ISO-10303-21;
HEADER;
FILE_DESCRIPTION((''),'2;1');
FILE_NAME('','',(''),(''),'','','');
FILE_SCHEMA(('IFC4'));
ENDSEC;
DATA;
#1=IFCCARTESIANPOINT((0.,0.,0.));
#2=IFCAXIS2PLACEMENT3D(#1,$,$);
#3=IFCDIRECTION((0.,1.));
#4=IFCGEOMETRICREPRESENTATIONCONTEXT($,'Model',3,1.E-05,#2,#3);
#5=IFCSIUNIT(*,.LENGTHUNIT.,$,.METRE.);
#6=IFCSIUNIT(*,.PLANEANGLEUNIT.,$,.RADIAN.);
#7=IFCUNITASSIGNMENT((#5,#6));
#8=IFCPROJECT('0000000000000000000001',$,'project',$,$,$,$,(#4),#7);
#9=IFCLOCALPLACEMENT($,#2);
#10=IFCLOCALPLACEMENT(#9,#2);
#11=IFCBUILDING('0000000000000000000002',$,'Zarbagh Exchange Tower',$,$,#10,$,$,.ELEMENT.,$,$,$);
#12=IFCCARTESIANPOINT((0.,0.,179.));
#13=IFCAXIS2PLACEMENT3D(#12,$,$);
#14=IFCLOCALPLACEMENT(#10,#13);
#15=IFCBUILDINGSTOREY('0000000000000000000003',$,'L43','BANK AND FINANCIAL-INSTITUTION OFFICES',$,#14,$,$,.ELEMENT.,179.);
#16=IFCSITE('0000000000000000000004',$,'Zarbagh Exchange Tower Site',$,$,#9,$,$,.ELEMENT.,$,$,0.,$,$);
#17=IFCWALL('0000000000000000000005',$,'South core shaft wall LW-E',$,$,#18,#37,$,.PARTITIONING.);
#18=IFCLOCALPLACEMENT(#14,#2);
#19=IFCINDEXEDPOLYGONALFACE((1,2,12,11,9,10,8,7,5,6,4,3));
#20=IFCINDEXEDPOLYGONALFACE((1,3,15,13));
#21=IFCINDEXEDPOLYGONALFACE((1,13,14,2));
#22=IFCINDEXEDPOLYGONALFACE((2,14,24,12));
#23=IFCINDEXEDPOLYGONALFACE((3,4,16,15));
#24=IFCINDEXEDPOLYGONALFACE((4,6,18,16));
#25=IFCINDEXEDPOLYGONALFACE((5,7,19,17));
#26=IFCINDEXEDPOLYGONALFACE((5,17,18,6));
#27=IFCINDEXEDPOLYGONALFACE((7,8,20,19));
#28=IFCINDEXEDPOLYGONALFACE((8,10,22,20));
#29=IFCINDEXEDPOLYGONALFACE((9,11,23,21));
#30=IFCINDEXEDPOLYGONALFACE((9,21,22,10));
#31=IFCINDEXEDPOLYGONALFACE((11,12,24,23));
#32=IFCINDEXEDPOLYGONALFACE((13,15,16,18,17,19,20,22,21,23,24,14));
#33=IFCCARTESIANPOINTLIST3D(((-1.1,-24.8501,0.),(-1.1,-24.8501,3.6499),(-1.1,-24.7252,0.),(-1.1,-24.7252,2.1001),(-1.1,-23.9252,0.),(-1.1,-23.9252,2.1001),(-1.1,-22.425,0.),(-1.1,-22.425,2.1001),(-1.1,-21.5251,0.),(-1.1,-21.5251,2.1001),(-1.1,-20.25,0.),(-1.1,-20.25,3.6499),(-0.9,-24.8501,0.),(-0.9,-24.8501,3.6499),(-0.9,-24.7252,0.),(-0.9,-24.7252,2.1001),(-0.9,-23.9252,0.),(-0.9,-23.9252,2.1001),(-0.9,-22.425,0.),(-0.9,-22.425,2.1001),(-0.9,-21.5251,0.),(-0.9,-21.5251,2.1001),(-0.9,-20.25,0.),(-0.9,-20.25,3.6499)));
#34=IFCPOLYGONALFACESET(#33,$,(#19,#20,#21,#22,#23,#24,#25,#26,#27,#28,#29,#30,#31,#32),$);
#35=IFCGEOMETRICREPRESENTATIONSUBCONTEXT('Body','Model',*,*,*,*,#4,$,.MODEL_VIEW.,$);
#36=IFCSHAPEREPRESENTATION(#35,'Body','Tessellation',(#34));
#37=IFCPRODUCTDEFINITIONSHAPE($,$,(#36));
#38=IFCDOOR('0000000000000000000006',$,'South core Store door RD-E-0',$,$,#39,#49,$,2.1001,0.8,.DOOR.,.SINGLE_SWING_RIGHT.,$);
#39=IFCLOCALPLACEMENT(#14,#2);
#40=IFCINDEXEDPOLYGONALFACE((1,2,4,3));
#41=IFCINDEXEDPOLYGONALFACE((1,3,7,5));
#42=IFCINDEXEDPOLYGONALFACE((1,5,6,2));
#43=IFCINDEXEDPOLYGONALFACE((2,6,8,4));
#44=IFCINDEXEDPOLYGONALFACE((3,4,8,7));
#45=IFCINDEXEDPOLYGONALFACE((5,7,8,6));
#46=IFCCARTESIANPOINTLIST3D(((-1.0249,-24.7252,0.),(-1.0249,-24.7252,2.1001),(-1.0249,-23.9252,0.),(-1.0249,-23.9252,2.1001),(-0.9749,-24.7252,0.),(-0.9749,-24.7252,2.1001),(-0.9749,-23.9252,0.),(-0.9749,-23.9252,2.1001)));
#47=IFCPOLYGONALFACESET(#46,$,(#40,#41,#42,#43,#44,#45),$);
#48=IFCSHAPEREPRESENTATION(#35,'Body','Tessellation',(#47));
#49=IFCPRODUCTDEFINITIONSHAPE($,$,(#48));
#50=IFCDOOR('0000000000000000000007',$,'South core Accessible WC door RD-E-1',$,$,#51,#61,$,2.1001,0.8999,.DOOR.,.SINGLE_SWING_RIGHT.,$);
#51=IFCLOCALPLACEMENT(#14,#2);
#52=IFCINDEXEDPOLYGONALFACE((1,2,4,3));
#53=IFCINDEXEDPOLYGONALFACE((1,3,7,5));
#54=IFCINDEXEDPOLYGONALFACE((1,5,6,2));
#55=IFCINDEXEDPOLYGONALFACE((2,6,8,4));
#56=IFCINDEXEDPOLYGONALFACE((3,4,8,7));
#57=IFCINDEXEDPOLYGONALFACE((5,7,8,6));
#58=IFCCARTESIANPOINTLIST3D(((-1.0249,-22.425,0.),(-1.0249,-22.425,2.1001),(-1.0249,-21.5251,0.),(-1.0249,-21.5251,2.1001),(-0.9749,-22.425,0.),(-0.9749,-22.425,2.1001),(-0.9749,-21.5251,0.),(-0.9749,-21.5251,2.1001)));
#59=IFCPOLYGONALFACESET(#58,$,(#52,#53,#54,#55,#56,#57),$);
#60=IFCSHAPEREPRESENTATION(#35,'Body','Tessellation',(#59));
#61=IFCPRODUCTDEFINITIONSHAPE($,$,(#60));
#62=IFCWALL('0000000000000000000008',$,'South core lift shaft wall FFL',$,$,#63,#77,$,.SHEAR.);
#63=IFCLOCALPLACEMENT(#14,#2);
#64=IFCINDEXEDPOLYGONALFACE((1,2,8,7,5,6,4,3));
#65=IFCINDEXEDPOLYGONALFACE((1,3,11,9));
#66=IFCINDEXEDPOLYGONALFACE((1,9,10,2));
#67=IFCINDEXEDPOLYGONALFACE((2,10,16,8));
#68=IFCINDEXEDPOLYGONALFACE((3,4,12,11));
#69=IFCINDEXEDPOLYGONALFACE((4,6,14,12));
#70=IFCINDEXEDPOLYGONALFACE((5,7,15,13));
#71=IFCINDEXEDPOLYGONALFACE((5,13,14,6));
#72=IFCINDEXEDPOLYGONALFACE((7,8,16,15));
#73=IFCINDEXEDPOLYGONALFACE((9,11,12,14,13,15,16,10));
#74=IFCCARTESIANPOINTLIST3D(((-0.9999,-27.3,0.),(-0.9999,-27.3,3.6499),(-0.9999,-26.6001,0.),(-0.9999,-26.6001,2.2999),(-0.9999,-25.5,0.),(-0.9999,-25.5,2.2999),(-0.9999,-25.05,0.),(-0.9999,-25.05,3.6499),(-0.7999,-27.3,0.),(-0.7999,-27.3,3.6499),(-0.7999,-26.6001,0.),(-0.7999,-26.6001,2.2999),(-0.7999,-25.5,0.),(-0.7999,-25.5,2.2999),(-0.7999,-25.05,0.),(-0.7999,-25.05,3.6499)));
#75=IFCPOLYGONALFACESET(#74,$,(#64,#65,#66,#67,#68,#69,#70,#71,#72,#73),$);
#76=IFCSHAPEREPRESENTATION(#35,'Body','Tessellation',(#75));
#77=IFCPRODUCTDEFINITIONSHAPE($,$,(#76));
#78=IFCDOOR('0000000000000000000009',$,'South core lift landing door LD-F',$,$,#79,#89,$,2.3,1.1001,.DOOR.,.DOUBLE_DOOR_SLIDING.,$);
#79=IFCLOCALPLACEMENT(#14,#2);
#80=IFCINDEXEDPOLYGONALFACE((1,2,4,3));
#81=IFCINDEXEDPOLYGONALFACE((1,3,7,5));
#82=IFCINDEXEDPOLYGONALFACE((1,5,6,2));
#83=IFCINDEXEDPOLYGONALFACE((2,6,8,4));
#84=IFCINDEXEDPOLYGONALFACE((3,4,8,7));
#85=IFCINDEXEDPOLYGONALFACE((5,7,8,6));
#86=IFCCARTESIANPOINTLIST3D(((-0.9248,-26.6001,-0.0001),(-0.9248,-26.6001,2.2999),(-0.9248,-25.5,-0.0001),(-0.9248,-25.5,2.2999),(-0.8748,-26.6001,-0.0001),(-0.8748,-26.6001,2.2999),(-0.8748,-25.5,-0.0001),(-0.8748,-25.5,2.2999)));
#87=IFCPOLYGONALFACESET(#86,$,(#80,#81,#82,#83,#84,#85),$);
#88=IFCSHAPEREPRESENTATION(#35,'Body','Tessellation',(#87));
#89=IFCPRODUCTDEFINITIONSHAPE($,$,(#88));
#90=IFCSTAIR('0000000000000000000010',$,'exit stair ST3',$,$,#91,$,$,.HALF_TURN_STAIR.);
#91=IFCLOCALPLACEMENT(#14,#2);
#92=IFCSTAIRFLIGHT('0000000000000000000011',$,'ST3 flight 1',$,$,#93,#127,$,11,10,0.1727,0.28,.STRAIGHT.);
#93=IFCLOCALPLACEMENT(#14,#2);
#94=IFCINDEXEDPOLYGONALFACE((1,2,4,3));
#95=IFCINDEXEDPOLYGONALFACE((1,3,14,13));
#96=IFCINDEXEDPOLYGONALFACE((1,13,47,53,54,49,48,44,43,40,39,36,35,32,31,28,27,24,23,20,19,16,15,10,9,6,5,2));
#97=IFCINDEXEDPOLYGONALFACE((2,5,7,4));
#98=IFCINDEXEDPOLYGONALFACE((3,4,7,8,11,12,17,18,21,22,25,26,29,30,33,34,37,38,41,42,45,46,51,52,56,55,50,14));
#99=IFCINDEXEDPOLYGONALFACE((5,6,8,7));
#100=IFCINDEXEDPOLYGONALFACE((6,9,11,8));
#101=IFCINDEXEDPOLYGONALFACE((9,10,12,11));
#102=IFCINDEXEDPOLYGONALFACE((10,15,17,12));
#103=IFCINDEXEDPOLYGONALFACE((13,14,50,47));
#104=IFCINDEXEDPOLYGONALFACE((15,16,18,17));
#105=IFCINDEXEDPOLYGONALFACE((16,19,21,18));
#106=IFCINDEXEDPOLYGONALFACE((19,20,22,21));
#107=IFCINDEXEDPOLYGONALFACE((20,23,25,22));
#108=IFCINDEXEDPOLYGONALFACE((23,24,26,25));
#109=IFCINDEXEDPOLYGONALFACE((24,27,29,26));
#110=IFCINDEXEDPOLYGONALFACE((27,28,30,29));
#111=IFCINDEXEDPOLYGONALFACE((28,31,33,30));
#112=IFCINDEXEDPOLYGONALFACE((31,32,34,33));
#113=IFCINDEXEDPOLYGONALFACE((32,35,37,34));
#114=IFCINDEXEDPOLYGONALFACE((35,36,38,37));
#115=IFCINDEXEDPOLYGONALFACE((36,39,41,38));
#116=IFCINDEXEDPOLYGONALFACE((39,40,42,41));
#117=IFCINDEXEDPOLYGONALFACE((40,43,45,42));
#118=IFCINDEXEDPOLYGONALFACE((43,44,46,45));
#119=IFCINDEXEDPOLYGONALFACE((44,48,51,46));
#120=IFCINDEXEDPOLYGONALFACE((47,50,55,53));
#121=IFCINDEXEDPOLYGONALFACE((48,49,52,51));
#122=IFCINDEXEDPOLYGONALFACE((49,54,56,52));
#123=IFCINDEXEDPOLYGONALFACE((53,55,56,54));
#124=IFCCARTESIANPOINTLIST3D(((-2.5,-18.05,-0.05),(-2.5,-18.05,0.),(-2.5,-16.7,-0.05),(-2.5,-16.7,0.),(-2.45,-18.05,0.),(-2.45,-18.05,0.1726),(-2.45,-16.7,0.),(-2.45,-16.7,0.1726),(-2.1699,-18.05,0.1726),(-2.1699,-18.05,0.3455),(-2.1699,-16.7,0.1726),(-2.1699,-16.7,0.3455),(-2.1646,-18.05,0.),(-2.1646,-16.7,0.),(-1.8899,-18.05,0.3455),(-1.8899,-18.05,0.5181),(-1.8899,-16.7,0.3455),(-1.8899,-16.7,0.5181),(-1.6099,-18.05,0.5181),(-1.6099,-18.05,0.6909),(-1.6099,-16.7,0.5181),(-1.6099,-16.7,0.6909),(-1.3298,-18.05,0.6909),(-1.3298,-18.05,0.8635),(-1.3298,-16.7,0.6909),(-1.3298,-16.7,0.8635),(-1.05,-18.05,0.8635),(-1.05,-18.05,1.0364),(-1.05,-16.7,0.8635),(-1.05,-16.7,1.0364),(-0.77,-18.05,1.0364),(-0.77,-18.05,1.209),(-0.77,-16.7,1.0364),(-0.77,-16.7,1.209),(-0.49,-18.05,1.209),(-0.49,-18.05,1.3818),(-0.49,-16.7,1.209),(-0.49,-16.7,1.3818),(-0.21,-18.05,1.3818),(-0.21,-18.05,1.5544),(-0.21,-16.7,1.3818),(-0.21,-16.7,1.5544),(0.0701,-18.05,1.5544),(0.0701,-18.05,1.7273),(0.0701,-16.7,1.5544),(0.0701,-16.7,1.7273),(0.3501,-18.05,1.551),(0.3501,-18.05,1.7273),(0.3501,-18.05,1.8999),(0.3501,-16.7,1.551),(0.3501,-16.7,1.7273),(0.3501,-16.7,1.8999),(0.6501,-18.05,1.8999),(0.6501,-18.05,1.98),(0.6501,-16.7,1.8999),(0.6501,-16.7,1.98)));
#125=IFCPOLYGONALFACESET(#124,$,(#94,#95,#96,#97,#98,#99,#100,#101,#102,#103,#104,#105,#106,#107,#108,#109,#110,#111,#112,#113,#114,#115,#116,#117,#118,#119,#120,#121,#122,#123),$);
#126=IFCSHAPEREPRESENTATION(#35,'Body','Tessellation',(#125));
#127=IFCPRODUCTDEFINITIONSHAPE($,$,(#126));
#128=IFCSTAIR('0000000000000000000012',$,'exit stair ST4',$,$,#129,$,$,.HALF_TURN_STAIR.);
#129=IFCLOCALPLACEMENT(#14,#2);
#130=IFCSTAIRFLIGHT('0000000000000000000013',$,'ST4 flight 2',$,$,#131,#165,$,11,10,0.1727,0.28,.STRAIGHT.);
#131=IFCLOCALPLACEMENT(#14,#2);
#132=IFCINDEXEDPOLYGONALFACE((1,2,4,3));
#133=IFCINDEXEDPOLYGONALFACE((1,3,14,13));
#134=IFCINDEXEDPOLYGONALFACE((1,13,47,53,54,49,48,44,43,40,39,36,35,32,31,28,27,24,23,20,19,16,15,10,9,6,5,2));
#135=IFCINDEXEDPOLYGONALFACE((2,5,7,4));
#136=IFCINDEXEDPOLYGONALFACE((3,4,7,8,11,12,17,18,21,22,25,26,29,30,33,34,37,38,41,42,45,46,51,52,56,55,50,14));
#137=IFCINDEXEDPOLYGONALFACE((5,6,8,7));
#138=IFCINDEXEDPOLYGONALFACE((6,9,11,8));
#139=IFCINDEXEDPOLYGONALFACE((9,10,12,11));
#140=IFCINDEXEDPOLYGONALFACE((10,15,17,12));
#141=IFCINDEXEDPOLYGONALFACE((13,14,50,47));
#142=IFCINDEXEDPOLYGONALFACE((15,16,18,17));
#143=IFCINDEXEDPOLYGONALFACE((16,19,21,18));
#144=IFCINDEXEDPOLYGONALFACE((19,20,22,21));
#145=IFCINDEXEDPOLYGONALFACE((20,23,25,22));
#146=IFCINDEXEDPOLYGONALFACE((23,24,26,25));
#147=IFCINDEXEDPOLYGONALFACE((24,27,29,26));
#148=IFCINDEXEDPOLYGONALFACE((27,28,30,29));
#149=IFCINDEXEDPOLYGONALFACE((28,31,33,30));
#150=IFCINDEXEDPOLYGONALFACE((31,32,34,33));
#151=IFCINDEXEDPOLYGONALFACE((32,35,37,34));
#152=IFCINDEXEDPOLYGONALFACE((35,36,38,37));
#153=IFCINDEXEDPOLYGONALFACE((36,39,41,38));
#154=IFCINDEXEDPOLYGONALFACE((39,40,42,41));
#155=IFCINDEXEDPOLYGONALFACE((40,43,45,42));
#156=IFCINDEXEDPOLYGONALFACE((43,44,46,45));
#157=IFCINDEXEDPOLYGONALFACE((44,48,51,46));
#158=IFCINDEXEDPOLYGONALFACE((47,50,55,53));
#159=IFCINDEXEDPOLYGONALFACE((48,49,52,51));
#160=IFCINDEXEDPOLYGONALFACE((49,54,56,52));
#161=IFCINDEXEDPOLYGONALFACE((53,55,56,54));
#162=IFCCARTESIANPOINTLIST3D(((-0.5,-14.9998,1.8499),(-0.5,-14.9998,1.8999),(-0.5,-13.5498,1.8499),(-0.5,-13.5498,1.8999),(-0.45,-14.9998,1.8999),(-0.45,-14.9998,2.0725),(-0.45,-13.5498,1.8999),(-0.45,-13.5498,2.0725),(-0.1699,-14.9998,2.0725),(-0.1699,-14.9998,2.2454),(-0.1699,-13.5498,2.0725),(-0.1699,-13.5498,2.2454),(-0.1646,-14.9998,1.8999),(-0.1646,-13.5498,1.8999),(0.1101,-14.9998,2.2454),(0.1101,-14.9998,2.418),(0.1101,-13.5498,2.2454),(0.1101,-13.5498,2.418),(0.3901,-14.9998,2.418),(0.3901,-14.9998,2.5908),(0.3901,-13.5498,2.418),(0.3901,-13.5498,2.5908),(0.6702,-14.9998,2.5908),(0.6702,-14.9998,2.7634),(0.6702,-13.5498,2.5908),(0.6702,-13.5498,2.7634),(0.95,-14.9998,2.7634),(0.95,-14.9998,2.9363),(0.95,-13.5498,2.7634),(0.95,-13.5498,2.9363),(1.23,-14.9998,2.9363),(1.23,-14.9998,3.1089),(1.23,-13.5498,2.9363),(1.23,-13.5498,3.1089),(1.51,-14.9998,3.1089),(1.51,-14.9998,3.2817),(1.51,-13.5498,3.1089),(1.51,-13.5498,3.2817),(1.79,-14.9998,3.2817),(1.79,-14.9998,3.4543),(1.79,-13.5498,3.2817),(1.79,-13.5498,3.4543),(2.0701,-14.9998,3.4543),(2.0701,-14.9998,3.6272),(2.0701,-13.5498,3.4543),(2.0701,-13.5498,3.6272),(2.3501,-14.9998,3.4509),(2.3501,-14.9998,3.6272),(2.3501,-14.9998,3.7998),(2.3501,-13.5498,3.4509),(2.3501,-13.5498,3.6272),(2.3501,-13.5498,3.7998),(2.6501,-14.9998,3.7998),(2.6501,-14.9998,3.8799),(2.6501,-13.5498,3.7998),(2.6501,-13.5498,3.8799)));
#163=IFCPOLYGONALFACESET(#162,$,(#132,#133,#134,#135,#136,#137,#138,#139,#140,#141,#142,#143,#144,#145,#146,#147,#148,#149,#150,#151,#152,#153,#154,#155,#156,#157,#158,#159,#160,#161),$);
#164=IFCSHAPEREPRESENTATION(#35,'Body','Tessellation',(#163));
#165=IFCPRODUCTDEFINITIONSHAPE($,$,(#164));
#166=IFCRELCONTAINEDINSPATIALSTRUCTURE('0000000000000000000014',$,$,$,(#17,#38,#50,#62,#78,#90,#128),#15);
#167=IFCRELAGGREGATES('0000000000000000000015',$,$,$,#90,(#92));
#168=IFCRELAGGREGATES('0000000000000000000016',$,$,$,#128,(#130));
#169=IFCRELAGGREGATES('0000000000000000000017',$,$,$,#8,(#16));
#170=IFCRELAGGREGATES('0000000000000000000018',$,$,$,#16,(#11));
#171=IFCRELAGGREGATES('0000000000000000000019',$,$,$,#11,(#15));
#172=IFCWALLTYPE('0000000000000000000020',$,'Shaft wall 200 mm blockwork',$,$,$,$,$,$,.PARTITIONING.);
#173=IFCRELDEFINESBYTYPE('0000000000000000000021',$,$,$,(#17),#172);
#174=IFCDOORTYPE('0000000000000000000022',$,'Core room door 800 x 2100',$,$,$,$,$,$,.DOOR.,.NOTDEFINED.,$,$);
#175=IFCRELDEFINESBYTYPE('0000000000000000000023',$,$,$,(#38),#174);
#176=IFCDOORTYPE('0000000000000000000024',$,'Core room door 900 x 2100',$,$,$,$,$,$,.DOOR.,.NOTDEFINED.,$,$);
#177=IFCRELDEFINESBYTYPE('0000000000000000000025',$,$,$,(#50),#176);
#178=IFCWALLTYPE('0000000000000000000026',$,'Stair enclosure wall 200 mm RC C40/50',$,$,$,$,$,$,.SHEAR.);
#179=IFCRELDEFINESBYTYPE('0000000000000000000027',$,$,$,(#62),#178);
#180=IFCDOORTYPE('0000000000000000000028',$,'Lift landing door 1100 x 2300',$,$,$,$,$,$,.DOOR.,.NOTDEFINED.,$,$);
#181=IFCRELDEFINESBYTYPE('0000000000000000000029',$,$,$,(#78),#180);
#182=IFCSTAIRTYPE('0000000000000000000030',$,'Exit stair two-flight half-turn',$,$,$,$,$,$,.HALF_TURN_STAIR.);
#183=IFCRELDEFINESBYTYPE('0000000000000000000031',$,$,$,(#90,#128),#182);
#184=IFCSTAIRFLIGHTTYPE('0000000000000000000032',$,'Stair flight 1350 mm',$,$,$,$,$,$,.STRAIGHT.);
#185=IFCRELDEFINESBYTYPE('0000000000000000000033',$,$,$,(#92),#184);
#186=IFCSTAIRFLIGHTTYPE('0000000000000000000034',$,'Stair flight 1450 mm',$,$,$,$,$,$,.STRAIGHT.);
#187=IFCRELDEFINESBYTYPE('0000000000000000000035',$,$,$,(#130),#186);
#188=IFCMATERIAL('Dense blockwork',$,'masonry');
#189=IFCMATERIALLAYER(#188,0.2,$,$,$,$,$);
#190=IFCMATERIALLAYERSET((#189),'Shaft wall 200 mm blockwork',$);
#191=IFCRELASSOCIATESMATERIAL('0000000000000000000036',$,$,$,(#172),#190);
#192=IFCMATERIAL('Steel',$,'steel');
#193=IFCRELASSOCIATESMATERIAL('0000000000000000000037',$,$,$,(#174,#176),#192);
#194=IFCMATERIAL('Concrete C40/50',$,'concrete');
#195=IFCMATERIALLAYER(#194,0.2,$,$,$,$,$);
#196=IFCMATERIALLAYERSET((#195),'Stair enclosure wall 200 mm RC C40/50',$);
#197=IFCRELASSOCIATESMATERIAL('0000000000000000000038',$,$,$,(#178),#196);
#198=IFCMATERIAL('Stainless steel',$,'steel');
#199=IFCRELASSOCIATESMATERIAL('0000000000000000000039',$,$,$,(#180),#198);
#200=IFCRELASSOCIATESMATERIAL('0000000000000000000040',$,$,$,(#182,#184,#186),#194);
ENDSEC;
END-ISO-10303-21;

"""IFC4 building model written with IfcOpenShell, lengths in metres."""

from ifc_helpers import new_model, si_unit, direction, frame, frame_2d, origin, place, context, subcontext, project, spatial, polyline, rectangle, outline, extrude, material, layer, layer_set, type_object, element, fill, aggregate, save


model = new_model("IFC4")

# Units and contexts
model_context = context("Model", 3, precision=1e-05, world=origin(), true_north=direction((0.0, 1.0)))
body_context = subcontext(model_context, "Body", "Model", "MODEL_VIEW")
ifc_project = project(units=[si_unit("LENGTHUNIT", "METRE"), si_unit("PLANEANGLEUNIT", "RADIAN")], contexts=[model_context])

# Site, building, storey
site_placement = place(None, origin())
site = spatial("IfcSite", under=ifc_project, at=site_placement, Name="Zarbagh Exchange Tower Site", CompositionType="ELEMENT", RefElevation=0.0)
building_placement = place(site_placement, origin())
building = spatial("IfcBuilding", under=site, at=building_placement, Name="Zarbagh Exchange Tower", CompositionType="ELEMENT")
storey_placement = place(building_placement, frame((0.0, 0.0, 179.0)))
storey = spatial("IfcBuildingStorey", under=building, at=storey_placement, Name="L43", Description="BANK AND FINANCIAL-INSTITUTION OFFICES", CompositionType="ELEMENT", Elevation=179.0)

# Shared definitions
ifc_material_1 = material(Name="Concrete C40/50", Category="concrete")

# Shared definitions
ifc_material_2 = material(Name="Dense blockwork", Category="masonry")

# Shared definitions
ifc_layer_1 = layer(ifc_material_2, 0.2)
ifc_layer_set_1 = layer_set([ifc_layer_1], Name="Shaft wall 200 mm blockwork")
wall_type_1 = type_object("IfcWallType", Name="Shaft wall 200 mm blockwork", PredefinedType="PARTITIONING", material=ifc_layer_set_1)

# Wall, openings, doors
wall_1_placement = place(storey_placement, frame((-1.0, -24.8501, 0.0), z_axis=(0.0, 0.0, 1.0), x_axis=(0.0, 1.0, 0.0)))
wall_1 = element("IfcWall", 1, at=wall_1_placement, inside=storey, type_object=wall_type_1, Name="South core shaft wall LW-E", PredefinedType="PARTITIONING", context=body_context, shape_type="SweptSolid", body=[
    extrude(rectangle(XDim=4.6001, YDim=0.2, at=frame_2d((2.3, 0.0))), origin(), (0.0, 0.0, 1.0), 3.6499),
])
opening_1_placement = place(wall_1_placement, frame((0.125, 0.0, 0.0)))
opening_1 = element("IfcOpeningElement", 2, at=opening_1_placement, cuts=wall_1, PredefinedType="OPENING", context=body_context, shape_type="SweptSolid", body=[
    extrude(rectangle(XDim=0.8, YDim=2.1001, at=frame_2d((0.3999, 1.05))), frame((0.0, 0.1099, 0.0), z_axis=(0.0, -1.0, 0.0), x_axis=(1.0, 0.0, 0.0)), (0.0, 0.0, 1.0), 0.22),
])
opening_2_placement = place(wall_1_placement, frame((2.425, 0.0, 0.0)))
opening_2 = element("IfcOpeningElement", 3, at=opening_2_placement, cuts=wall_1, PredefinedType="OPENING", context=body_context, shape_type="SweptSolid", body=[
    extrude(rectangle(XDim=0.8999, YDim=2.1001, at=frame_2d((0.45, 1.05))), frame((0.0, 0.1099, 0.0), z_axis=(0.0, -1.0, 0.0), x_axis=(1.0, 0.0, 0.0)), (0.0, 0.0, 1.0), 0.22),
])
ifc_material_3 = material(Name="Steel", Category="steel")
door_type_1 = type_object("IfcDoorType", Name="Core room door 800 x 2100", OperationType="NOTDEFINED", PredefinedType="DOOR", material=ifc_material_3)
door_1_placement = place(opening_1_placement, origin())
door_1 = element("IfcDoor", 4, at=door_1_placement, inside=storey, type_object=door_type_1, Name="South core Store door RD-E-0", OperationType="SINGLE_SWING_RIGHT", OverallHeight=2.1001, OverallWidth=0.8, PredefinedType="DOOR", context=body_context, shape_type="SweptSolid", body=[
    extrude(rectangle(XDim=0.8, YDim=2.1001, at=frame_2d((0.3999, 1.05))), frame((0.0, 0.0249, 0.0), z_axis=(0.0, -1.0, 0.0), x_axis=(1.0, 0.0, 0.0)), (0.0, 0.0, 1.0), 0.05),
])
fill(opening_1, door_1)
door_type_2 = type_object("IfcDoorType", Name="Core room door 900 x 2100", OperationType="NOTDEFINED", PredefinedType="DOOR", material=ifc_material_3)
door_2_placement = place(opening_2_placement, origin())
door_2 = element("IfcDoor", 5, at=door_2_placement, inside=storey, type_object=door_type_2, Name="South core Accessible WC door RD-E-1", OperationType="SINGLE_SWING_RIGHT", OverallHeight=2.1001, OverallWidth=0.8999, PredefinedType="DOOR", context=body_context, shape_type="SweptSolid", body=[
    extrude(rectangle(XDim=0.8999, YDim=2.1001, at=frame_2d((0.45, 1.05))), frame((0.0, 0.0249, 0.0), z_axis=(0.0, -1.0, 0.0), x_axis=(1.0, 0.0, 0.0)), (0.0, 0.0, 1.0), 0.05),
])
fill(opening_2, door_2)

# Wall, opening, door
ifc_layer_2 = layer(ifc_material_1, 0.2)
ifc_layer_set_2 = layer_set([ifc_layer_2], Name="Stair enclosure wall 200 mm RC C40/50")
wall_type_2 = type_object("IfcWallType", Name="Stair enclosure wall 200 mm RC C40/50", PredefinedType="SHEAR", material=ifc_layer_set_2)
wall_2_placement = place(storey_placement, frame((-0.8999, -27.3, 0.0), z_axis=(0.0, 0.0, 1.0), x_axis=(0.0, 1.0, 0.0)))
wall_2 = element("IfcWall", 6, at=wall_2_placement, inside=storey, type_object=wall_type_2, Name="South core lift shaft wall FFL", PredefinedType="SHEAR", context=body_context, shape_type="SweptSolid", body=[
    extrude(rectangle(XDim=2.25, YDim=0.2, at=frame_2d((1.125, 0.0))), origin(), (0.0, 0.0, 1.0), 3.6499),
])
opening_3_placement = place(wall_2_placement, frame((0.7, 0.0, 0.0)))
opening_3 = element("IfcOpeningElement", 7, at=opening_3_placement, cuts=wall_2, PredefinedType="OPENING", context=body_context, shape_type="SweptSolid", body=[
    extrude(rectangle(XDim=1.1001, YDim=2.3, at=frame_2d((0.55, 1.1499))), frame((0.0, 0.1099, 0.0), z_axis=(0.0, -1.0, 0.0), x_axis=(1.0, 0.0, 0.0)), (0.0, 0.0, 1.0), 0.22),
])
ifc_material_4 = material(Name="Stainless steel", Category="steel")
door_type_3 = type_object("IfcDoorType", Name="Lift landing door 1100 x 2300", OperationType="NOTDEFINED", PredefinedType="DOOR", material=ifc_material_4)
door_3_placement = place(opening_3_placement, origin())
door_3 = element("IfcDoor", 8, at=door_3_placement, inside=storey, type_object=door_type_3, Name="South core lift landing door LD-F", OperationType="DOUBLE_DOOR_SLIDING", OverallHeight=2.3, OverallWidth=1.1001, PredefinedType="DOOR", context=body_context, shape_type="SweptSolid", body=[
    extrude(rectangle(XDim=1.1001, YDim=2.3, at=frame_2d((0.55, 1.1499))), frame((0.0, 0.0249, 0.0), z_axis=(0.0, -1.0, 0.0), x_axis=(1.0, 0.0, 0.0)), (0.0, 0.0, 1.0), 0.05),
])
fill(opening_3, door_3)

# Stairs, stair flights
stair_type = type_object("IfcStairType", Name="Exit stair two-flight half-turn", PredefinedType="HALF_TURN_STAIR", material=ifc_material_1)
stair_1_placement = place(storey_placement, origin())
stair_1 = element("IfcStair", 9, at=stair_1_placement, inside=storey, type_object=stair_type, Name="exit stair ST3", PredefinedType="HALF_TURN_STAIR")
stair_flight_type_1 = type_object("IfcStairFlightType", Name="Stair flight 1350 mm", PredefinedType="STRAIGHT", material=ifc_material_1)
stair_flight_1_placement = place(storey_placement, frame((-2.45, -17.375, 0.0), z_axis=(0.0, 0.0, 1.0), x_axis=(1.0, 0.0, 0.0)))
stair_flight_1 = element("IfcStairFlight", 10, at=stair_flight_1_placement, type_object=stair_flight_type_1, Name="ST3 flight 1", NumberOfRisers=11, NumberOfTreads=10, PredefinedType="STRAIGHT", RiserHeight=0.1727, TreadLength=0.28, context=body_context, shape_type="SweptSolid", body=[
    extrude(outline(polyline([(-0.05, -0.05), (-0.05, 0.0), (0.0, 0.0), (0.0, 0.1726), (0.28, 0.1726), (0.28, 0.3455), (0.5601, 0.3455), (0.5601, 0.5181), (0.8401, 0.5181), (0.8401, 0.6909), (1.1201, 0.6909), (1.1201, 0.8635), (1.3999, 0.8635), (1.3999, 1.0364), (1.6799, 1.0364), (1.6799, 1.209), (1.96, 1.209), (1.96, 1.3818), (2.24, 1.3818), (2.24, 1.5544), (2.52, 1.5544), (2.52, 1.7273), (2.8, 1.7273), (2.8, 1.8999), (3.1001, 1.98), (3.1001, 1.8999), (2.8, 1.551), (0.2854, 0.0), (-0.05, -0.05)])), frame((0.0, 0.675, 0.0), z_axis=(0.0, -1.0, 0.0), x_axis=(1.0, 0.0, 0.0)), (0.0, 0.0, 1.0), 1.3501),
])
aggregate(stair_1, [stair_flight_1])
stair_2_placement = place(storey_placement, origin())
stair_2 = element("IfcStair", 11, at=stair_2_placement, inside=storey, type_object=stair_type, Name="exit stair ST4", PredefinedType="HALF_TURN_STAIR")
stair_flight_type_2 = type_object("IfcStairFlightType", Name="Stair flight 1450 mm", PredefinedType="STRAIGHT", material=ifc_material_1)
stair_flight_2_placement = place(storey_placement, frame((-0.45, -14.2749, 1.8999), z_axis=(0.0, 0.0, 1.0), x_axis=(1.0, 0.0, 0.0)))
stair_flight_2 = element("IfcStairFlight", 12, at=stair_flight_2_placement, type_object=stair_flight_type_2, Name="ST4 flight 2", NumberOfRisers=11, NumberOfTreads=10, PredefinedType="STRAIGHT", RiserHeight=0.1727, TreadLength=0.28, context=body_context, shape_type="SweptSolid", body=[
    extrude(outline(polyline([(-0.05, -0.05), (-0.05, 0.0), (0.0, 0.0), (0.0, 0.1726), (0.28, 0.1726), (0.28, 0.3455), (0.5601, 0.3455), (0.5601, 0.5181), (0.8401, 0.5181), (0.8401, 0.6909), (1.1201, 0.6909), (1.1201, 0.8635), (1.3999, 0.8635), (1.3999, 1.0364), (1.6799, 1.0364), (1.6799, 1.209), (1.96, 1.209), (1.96, 1.3818), (2.24, 1.3818), (2.24, 1.5544), (2.52, 1.5544), (2.52, 1.7273), (2.8, 1.7273), (2.8, 1.8999), (3.1001, 1.98), (3.1001, 1.8999), (2.8, 1.551), (0.2854, 0.0), (-0.05, -0.05)])), frame((0.0, 0.7251, 0.0), z_axis=(0.0, -1.0, 0.0), x_axis=(1.0, 0.0, 0.0)), (0.0, 0.0, 1.0), 1.45),
])
aggregate(stair_2, [stair_flight_2])

save(model, "model.ifc")
